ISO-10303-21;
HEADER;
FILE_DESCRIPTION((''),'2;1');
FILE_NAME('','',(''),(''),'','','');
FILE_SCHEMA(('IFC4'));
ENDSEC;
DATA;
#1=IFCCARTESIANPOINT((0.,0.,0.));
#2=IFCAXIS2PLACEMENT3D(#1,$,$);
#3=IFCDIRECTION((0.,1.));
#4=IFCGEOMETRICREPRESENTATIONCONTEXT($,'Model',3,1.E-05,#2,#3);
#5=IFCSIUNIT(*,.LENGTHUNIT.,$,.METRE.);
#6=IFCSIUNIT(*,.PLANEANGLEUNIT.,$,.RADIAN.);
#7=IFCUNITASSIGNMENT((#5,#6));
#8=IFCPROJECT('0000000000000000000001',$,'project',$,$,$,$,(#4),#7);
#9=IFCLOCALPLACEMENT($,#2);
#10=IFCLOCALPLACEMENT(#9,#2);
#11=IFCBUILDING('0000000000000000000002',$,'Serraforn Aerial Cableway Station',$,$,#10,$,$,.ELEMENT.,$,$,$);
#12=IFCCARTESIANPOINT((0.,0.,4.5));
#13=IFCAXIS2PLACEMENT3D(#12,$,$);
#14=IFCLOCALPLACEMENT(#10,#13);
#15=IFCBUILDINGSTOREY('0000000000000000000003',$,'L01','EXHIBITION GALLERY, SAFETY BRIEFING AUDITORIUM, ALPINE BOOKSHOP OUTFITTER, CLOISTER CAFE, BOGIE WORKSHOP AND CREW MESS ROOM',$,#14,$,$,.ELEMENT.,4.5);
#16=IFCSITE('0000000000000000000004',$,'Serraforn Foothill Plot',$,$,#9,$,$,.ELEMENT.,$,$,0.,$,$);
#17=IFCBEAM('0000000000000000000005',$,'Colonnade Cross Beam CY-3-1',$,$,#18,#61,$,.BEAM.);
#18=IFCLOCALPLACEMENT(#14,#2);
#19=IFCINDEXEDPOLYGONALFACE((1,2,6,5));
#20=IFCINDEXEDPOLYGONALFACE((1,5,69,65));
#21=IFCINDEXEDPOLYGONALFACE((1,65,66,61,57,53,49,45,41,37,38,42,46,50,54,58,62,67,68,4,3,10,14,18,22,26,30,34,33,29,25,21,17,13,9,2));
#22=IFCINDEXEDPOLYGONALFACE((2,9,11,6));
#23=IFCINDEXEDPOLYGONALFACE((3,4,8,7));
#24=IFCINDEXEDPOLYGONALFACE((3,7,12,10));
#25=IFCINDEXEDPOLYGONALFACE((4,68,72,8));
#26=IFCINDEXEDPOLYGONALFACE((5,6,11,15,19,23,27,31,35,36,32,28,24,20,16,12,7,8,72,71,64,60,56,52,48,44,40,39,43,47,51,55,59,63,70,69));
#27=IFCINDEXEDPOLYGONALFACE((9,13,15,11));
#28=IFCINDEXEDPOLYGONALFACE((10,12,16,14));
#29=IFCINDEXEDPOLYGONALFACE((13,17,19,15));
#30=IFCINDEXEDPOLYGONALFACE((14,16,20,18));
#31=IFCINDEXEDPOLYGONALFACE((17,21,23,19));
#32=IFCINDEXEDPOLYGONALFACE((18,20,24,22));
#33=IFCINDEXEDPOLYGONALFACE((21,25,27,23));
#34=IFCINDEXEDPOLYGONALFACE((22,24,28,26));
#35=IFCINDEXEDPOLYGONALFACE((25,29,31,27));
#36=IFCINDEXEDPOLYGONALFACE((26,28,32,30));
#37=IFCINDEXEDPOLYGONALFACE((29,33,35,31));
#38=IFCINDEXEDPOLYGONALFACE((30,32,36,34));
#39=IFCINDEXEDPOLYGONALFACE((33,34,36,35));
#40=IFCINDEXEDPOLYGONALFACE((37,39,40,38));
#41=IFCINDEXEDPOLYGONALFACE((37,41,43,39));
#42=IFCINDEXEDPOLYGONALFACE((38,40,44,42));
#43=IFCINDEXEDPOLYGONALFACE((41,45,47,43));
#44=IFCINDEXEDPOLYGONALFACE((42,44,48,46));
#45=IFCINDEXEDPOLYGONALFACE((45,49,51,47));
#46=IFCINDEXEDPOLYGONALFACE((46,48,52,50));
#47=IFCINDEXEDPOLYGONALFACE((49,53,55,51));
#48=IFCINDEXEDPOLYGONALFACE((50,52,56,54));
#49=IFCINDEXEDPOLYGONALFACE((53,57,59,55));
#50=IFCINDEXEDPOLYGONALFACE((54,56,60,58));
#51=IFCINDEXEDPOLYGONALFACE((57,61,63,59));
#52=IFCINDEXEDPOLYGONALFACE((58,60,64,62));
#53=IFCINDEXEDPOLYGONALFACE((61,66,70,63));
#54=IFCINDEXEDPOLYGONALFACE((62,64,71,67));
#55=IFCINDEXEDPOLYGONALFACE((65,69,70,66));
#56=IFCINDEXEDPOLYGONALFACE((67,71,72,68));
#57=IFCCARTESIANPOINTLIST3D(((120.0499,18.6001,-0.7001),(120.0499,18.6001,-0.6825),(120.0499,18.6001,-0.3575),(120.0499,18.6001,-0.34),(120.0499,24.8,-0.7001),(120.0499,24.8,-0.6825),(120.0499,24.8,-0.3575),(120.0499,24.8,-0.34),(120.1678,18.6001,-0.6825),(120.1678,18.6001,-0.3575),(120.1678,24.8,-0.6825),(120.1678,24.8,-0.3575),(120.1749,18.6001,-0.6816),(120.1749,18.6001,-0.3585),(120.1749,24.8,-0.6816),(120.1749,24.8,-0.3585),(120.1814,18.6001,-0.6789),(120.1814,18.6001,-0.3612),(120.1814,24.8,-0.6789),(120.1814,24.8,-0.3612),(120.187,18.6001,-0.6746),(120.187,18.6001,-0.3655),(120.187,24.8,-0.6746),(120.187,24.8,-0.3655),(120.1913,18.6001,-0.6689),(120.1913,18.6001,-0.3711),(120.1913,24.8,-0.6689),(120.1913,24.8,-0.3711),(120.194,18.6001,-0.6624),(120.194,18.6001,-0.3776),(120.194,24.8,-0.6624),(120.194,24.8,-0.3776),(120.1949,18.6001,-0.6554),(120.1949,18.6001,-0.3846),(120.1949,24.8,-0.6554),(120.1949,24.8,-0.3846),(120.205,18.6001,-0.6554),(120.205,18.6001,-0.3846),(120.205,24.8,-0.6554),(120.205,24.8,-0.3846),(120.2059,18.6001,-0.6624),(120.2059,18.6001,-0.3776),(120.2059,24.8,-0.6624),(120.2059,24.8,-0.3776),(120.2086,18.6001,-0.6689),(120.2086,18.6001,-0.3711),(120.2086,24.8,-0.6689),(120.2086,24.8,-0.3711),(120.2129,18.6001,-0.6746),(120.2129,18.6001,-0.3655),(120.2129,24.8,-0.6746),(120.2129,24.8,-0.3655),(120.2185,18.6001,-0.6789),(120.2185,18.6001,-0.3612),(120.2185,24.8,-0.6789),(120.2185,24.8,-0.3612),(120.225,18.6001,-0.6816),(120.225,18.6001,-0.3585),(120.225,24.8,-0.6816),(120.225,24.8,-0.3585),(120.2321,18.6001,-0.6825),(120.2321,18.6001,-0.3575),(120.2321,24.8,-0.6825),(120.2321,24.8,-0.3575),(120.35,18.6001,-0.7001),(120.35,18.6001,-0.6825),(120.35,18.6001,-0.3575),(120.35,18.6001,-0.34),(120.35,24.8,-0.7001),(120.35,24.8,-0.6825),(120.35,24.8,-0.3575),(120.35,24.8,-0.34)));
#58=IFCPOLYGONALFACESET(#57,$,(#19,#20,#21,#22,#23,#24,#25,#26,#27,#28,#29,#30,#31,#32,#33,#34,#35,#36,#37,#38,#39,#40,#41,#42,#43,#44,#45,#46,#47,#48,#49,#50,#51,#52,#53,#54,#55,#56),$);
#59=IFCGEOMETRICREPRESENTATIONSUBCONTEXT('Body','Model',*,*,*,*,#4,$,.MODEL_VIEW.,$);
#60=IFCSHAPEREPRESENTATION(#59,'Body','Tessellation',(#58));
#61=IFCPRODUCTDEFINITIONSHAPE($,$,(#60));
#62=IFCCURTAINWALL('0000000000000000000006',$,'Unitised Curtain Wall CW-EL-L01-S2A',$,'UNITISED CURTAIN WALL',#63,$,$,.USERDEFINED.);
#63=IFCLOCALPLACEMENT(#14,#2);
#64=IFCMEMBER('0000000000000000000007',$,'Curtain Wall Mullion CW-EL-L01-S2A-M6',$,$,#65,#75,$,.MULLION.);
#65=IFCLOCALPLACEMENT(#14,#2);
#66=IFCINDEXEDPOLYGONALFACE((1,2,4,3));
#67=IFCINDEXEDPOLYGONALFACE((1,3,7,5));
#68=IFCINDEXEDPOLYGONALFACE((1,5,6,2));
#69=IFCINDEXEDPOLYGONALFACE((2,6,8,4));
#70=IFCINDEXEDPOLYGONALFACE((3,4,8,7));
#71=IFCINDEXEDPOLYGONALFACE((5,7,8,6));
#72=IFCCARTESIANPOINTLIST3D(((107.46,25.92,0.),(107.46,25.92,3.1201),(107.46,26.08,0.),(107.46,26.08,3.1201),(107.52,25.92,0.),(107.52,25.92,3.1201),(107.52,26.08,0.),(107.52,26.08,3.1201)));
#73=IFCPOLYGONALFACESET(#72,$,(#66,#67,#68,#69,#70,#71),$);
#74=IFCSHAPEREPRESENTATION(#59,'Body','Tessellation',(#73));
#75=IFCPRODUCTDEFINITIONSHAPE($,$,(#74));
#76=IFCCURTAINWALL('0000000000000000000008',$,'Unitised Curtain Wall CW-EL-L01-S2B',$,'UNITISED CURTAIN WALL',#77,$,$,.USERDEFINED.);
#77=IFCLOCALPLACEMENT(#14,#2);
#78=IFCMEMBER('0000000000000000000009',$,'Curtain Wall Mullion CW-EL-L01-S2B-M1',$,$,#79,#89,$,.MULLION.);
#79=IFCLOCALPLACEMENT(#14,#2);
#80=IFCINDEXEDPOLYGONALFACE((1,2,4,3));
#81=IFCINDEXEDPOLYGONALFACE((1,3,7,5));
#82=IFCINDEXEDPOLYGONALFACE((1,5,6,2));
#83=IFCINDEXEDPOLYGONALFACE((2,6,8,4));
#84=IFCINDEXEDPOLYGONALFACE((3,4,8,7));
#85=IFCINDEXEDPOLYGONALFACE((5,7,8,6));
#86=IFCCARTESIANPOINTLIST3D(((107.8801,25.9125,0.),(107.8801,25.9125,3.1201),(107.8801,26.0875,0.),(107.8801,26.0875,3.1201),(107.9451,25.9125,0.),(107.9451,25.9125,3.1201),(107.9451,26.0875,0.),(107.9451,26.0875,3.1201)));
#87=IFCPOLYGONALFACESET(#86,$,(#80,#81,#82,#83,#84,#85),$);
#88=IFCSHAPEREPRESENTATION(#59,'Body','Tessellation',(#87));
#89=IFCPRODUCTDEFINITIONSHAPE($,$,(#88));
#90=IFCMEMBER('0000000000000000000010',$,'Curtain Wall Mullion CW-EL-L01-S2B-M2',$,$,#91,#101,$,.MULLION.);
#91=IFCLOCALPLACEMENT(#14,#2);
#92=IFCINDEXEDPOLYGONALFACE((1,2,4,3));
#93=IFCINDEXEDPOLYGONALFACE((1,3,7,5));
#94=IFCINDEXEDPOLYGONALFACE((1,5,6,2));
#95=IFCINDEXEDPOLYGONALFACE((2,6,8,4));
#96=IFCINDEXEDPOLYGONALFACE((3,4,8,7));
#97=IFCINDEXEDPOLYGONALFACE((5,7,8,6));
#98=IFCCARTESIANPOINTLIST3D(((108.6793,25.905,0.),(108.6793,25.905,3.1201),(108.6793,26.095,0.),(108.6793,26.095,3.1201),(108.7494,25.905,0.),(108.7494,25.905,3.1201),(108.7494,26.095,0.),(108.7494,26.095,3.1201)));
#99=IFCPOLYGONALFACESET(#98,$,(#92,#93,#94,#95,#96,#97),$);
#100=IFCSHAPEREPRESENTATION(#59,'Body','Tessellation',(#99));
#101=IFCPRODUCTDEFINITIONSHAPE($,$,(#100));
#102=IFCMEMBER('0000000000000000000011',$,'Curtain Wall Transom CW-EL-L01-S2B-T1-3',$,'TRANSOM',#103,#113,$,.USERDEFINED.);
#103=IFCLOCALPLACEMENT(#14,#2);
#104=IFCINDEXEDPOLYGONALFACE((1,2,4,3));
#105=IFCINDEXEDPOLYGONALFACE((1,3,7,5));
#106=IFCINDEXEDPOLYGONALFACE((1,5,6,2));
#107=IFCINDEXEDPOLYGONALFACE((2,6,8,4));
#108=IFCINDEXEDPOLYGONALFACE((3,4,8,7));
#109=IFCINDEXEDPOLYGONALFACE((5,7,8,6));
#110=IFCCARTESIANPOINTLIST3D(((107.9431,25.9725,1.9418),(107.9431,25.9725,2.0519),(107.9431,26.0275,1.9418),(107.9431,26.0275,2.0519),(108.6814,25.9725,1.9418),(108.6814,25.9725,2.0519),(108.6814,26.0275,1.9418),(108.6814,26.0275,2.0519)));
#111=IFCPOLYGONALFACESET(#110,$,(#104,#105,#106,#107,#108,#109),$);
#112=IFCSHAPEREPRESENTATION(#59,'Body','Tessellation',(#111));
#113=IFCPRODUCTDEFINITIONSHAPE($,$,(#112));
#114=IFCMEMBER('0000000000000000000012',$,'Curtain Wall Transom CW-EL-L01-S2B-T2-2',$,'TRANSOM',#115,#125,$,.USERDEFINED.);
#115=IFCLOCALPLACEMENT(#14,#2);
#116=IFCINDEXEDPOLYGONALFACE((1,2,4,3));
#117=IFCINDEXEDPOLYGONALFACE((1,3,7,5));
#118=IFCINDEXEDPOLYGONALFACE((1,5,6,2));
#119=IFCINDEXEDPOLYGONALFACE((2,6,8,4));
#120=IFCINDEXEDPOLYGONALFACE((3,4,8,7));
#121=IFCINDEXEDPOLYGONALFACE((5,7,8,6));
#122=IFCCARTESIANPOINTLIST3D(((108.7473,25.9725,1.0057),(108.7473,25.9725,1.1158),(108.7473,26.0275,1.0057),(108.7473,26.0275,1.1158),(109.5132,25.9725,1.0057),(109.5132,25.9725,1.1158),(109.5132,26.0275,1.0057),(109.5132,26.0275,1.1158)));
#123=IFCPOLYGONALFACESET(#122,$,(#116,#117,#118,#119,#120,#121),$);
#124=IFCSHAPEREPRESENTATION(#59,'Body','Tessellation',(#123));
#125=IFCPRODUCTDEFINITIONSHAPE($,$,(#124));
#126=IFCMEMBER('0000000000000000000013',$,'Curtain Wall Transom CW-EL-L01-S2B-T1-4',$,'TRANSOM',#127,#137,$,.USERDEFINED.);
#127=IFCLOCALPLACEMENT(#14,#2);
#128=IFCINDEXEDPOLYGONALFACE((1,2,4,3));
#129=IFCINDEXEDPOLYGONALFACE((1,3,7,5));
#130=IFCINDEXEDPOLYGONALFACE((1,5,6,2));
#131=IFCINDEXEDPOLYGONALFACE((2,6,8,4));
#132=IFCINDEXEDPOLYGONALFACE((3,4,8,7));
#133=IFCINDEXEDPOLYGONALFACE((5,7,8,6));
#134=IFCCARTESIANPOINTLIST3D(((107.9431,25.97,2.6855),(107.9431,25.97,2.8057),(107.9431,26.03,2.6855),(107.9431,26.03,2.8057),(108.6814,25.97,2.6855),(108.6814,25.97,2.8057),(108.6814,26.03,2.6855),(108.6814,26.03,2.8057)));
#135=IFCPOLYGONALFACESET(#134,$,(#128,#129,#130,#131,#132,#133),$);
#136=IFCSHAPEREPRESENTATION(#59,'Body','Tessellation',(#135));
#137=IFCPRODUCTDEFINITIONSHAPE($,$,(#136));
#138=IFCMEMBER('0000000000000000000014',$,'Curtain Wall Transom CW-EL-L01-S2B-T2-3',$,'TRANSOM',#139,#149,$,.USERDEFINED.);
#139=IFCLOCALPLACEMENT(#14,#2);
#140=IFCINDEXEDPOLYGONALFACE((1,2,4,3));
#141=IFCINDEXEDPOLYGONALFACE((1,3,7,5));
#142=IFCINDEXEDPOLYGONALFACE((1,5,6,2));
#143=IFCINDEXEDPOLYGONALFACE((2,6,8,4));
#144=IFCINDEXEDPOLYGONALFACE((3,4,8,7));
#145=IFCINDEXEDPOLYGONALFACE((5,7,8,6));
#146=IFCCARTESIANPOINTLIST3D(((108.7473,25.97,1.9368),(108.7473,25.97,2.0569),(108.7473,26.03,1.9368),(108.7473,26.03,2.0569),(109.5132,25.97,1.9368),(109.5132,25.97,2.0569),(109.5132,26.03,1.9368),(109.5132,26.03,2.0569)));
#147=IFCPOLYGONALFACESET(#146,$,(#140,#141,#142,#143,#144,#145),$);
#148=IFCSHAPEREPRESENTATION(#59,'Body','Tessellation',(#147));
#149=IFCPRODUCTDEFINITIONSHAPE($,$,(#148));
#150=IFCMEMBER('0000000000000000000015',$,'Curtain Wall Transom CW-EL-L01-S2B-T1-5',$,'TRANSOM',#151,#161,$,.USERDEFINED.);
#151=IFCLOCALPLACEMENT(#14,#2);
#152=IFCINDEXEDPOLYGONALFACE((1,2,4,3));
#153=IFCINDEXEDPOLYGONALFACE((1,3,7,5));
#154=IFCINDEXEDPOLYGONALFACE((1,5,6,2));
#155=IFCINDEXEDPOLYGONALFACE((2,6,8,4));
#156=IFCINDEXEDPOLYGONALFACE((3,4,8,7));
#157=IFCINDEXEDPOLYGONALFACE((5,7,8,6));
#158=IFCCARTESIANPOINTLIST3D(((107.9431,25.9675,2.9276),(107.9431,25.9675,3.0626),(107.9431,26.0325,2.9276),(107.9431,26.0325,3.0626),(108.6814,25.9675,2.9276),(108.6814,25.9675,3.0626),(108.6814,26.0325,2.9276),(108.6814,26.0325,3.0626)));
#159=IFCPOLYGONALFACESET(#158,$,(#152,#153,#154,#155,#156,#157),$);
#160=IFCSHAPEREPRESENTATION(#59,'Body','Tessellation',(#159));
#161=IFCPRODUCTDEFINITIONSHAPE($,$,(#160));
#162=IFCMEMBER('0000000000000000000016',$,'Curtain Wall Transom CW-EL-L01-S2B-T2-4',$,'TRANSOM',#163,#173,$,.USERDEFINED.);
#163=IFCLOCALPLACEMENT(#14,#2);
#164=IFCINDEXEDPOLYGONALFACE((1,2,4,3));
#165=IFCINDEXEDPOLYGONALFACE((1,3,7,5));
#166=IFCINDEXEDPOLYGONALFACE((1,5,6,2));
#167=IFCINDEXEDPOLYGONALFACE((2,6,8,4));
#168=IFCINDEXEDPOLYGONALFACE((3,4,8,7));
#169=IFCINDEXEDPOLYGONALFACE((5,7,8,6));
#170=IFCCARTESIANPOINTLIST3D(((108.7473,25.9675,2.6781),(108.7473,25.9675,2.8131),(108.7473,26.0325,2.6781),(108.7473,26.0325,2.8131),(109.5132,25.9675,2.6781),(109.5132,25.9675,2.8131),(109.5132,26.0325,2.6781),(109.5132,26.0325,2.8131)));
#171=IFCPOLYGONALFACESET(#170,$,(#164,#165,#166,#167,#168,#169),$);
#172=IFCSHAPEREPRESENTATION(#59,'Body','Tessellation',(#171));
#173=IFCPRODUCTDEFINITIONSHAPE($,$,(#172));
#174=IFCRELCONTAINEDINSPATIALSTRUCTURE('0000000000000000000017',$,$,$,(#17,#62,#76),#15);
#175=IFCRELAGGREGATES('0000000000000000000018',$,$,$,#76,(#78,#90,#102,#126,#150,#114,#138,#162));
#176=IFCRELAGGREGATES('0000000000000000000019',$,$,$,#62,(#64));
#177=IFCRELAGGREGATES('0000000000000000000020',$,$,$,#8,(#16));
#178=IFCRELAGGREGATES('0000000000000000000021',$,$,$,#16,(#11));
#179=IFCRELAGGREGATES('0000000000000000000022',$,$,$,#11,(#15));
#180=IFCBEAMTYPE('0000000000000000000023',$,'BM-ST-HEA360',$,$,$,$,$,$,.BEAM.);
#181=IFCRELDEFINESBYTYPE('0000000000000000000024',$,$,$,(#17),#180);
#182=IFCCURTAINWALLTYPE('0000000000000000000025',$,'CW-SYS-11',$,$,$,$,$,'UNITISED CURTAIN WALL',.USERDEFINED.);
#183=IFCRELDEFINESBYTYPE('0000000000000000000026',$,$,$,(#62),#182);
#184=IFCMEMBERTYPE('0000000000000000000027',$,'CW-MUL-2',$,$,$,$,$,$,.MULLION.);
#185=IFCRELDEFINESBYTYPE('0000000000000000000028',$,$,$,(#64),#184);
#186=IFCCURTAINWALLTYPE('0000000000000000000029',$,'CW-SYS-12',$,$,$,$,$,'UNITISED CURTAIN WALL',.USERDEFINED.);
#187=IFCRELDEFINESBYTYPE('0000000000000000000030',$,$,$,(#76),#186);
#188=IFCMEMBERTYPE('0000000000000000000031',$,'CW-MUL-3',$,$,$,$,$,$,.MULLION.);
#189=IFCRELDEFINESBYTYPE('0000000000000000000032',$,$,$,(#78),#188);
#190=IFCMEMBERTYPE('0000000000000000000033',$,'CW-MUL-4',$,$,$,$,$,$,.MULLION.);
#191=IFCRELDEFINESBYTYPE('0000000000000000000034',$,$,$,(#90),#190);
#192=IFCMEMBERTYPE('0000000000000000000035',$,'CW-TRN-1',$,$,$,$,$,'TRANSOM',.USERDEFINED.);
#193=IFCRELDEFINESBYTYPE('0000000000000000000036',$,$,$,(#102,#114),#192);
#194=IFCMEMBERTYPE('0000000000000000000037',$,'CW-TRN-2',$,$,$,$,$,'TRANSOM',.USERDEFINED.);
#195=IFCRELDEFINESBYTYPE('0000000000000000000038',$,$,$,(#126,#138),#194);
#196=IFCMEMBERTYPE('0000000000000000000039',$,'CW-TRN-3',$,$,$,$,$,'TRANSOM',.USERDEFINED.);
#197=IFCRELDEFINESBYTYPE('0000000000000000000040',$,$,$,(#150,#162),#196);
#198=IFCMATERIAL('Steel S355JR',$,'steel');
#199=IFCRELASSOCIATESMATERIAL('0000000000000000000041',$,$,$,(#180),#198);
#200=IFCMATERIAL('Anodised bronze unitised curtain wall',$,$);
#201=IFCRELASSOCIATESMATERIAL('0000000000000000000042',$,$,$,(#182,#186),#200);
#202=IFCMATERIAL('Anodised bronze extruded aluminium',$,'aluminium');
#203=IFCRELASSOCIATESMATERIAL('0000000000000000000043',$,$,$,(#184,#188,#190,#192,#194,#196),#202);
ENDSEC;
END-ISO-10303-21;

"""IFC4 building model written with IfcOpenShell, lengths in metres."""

from ifc_helpers import new_model, si_unit, direction, frame, origin, origin_2d, place, context, subcontext, project, spatial, rectangle, i_section, extrude, material, material_profile, profile_set, type_object, element, aggregate, save


model = new_model("IFC4")

# Units and contexts
model_context = context("Model", 3, precision=1e-05, world=origin(), true_north=direction((0.0, 1.0)))
body_context = subcontext(model_context, "Body", "Model", "MODEL_VIEW")
ifc_project = project(units=[si_unit("LENGTHUNIT", "METRE"), si_unit("PLANEANGLEUNIT", "RADIAN")], contexts=[model_context])

# Site, building, storey
site_placement = place(None, origin())
site = spatial("IfcSite", under=ifc_project, at=site_placement, Name="Serraforn Foothill Plot", CompositionType="ELEMENT", RefElevation=0.0)
building_placement = place(site_placement, origin())
building = spatial("IfcBuilding", under=site, at=building_placement, Name="Serraforn Aerial Cableway Station", CompositionType="ELEMENT")
storey_placement = place(building_placement, frame((0.0, 0.0, 4.5)))
storey = spatial("IfcBuildingStorey", under=building, at=storey_placement, Name="L01", Description="EXHIBITION GALLERY, SAFETY BRIEFING AUDITORIUM, ALPINE BOOKSHOP OUTFITTER, CLOISTER CAFE, BOGIE WORKSHOP AND CREW MESS ROOM", CompositionType="ELEMENT", Elevation=4.5)

# Beam
ifc_material_1 = material(Name="Steel S355JR", Category="steel")
ifc_material_profile_1 = material_profile(ifc_material_1, i_section(OverallWidth=0.3, OverallDepth=0.3601, WebThickness=0.01, FlangeThickness=0.0176, FilletRadius=0.0271, at=origin_2d()), Name="HEA 360")
ifc_profile_set_1 = profile_set([ifc_material_profile_1], Name="Steel S355JR")
beam_type = type_object("IfcBeamType", Name="BM-ST-HEA360", PredefinedType="BEAM", material=ifc_profile_set_1)
for number, where, z_axis, x_axis, name in (
    (1, (120.2, 18.6001, -0.52), (0.0, 1.0, 0.0), (-1.0, 0.0, 0.0), "Colonnade Cross Beam CY-3-1"),
):
    element("IfcBeam", number, at=place(storey_placement, frame(where, z_axis=z_axis, x_axis=x_axis)), inside=storey, type_object=beam_type, Name=name, PredefinedType="BEAM", context=body_context, shape_type="SweptSolid", body=[
        extrude(i_section(OverallWidth=0.3, OverallDepth=0.3601, WebThickness=0.01, FlangeThickness=0.0176, FilletRadius=0.0271, at=origin_2d()), origin(), (0.0, 0.0, 1.0), 6.2),
    ])

# Curtain wall, member
ifc_material_2 = material(Name="Anodised bronze unitised curtain wall")
curtain_wall_type_1 = type_object("IfcCurtainWallType", Name="CW-SYS-11", ElementType="UNITISED CURTAIN WALL", PredefinedType="USERDEFINED", material=ifc_material_2)
curtain_wall_1_placement = place(storey_placement, origin())
curtain_wall_1 = element("IfcCurtainWall", 2, at=curtain_wall_1_placement, inside=storey, type_object=curtain_wall_type_1, Name="Unitised Curtain Wall CW-EL-L01-S2A", ObjectType="UNITISED CURTAIN WALL", PredefinedType="USERDEFINED")
ifc_material_3 = material(Name="Anodised bronze extruded aluminium", Category="aluminium")
ifc_material_profile_2 = material_profile(ifc_material_3, rectangle(XDim=0.0601, YDim=0.1599, at=origin_2d()), Name="CW MULLION 60x160")
ifc_profile_set_2 = profile_set([ifc_material_profile_2], Name="Anodised bronze extruded aluminium")
member_type_1 = type_object("IfcMemberType", Name="CW-MUL-2", PredefinedType="MULLION", material=ifc_profile_set_2)
member_1_placement = place(storey_placement, frame((107.49, 26.0, 0.0), z_axis=(0.0, 0.0, 1.0), x_axis=(1.0, 0.0, 0.0)))
member_1 = element("IfcMember", 3, at=member_1_placement, type_object=member_type_1, Name="Curtain Wall Mullion CW-EL-L01-S2A-M6", PredefinedType="MULLION", context=body_context, shape_type="SweptSolid", body=[
    extrude(rectangle(XDim=0.0601, YDim=0.1599, at=origin_2d()), origin(), (0.0, 0.0, 1.0), 3.1201),
])

# Curtain wall, members
curtain_wall_type_2 = type_object("IfcCurtainWallType", Name="CW-SYS-12", ElementType="UNITISED CURTAIN WALL", PredefinedType="USERDEFINED", material=ifc_material_2)
curtain_wall_2_placement = place(storey_placement, origin())
curtain_wall_2 = element("IfcCurtainWall", 4, at=curtain_wall_2_placement, inside=storey, type_object=curtain_wall_type_2, Name="Unitised Curtain Wall CW-EL-L01-S2B", ObjectType="UNITISED CURTAIN WALL", PredefinedType="USERDEFINED")
ifc_material_profile_3 = material_profile(ifc_material_3, rectangle(XDim=0.0649, YDim=0.175, at=origin_2d()), Name="CW MULLION 65x175")
ifc_profile_set_3 = profile_set([ifc_material_profile_3], Name="Anodised bronze extruded aluminium")
member_type_2 = type_object("IfcMemberType", Name="CW-MUL-3", PredefinedType="MULLION", material=ifc_profile_set_3)
member_2_placement = place(storey_placement, frame((107.9126, 26.0, 0.0), z_axis=(0.0, 0.0, 1.0), x_axis=(1.0, 0.0, 0.0)))
member_2 = element("IfcMember", 5, at=member_2_placement, type_object=member_type_2, Name="Curtain Wall Mullion CW-EL-L01-S2B-M1", PredefinedType="MULLION", context=body_context, shape_type="SweptSolid", body=[
    extrude(rectangle(XDim=0.0649, YDim=0.175, at=origin_2d()), origin(), (0.0, 0.0, 1.0), 3.1201),
])
ifc_material_profile_4 = material_profile(ifc_material_3, rectangle(XDim=0.0701, YDim=0.1899, at=origin_2d()), Name="CW MULLION 70x190")
ifc_profile_set_4 = profile_set([ifc_material_profile_4], Name="Anodised bronze extruded aluminium")
member_type_3 = type_object("IfcMemberType", Name="CW-MUL-4", PredefinedType="MULLION", material=ifc_profile_set_4)
member_3_placement = place(storey_placement, frame((108.7144, 26.0, 0.0), z_axis=(0.0, 0.0, 1.0), x_axis=(1.0, 0.0, 0.0)))
member_3 = element("IfcMember", 6, at=member_3_placement, type_object=member_type_3, Name="Curtain Wall Mullion CW-EL-L01-S2B-M2", PredefinedType="MULLION", context=body_context, shape_type="SweptSolid", body=[
    extrude(rectangle(XDim=0.0701, YDim=0.1899, at=origin_2d()), origin(), (0.0, 0.0, 1.0), 3.1201),
])
ifc_material_profile_5 = material_profile(ifc_material_3, rectangle(XDim=0.0549, YDim=0.1101, at=origin_2d()), Name="CW TRANSOM 55x110")
ifc_profile_set_5 = profile_set([ifc_material_profile_5], Name="Anodised bronze extruded aluminium")
member_type_4 = type_object("IfcMemberType", Name="CW-TRN-1", ElementType="TRANSOM", PredefinedType="USERDEFINED", material=ifc_profile_set_5)
member_4_placement = place(storey_placement, frame((107.9431, 26.0, 1.9968), z_axis=(1.0, 0.0, 0.0), x_axis=(0.0, 1.0, 0.0)))
member_4 = element("IfcMember", 7, at=member_4_placement, type_object=member_type_4, Name="Curtain Wall Transom CW-EL-L01-S2B-T1-3", ObjectType="TRANSOM", PredefinedType="USERDEFINED", context=body_context, shape_type="SweptSolid", body=[
    extrude(rectangle(XDim=0.0549, YDim=0.1101, at=origin_2d()), origin(), (0.0, 0.0, 1.0), 0.7383),
])
member_5_placement = place(storey_placement, frame((108.7473, 26.0, 1.0608), z_axis=(1.0, 0.0, 0.0), x_axis=(0.0, 1.0, 0.0)))
member_5 = element("IfcMember", 8, at=member_5_placement, type_object=member_type_4, Name="Curtain Wall Transom CW-EL-L01-S2B-T2-2", ObjectType="TRANSOM", PredefinedType="USERDEFINED", context=body_context, shape_type="SweptSolid", body=[
    extrude(rectangle(XDim=0.0549, YDim=0.1101, at=origin_2d()), origin(), (0.0, 0.0, 1.0), 0.7659),
])
ifc_material_profile_6 = material_profile(ifc_material_3, rectangle(XDim=0.0601, YDim=0.1201, at=origin_2d()), Name="CW TRANSOM 60x120")
ifc_profile_set_6 = profile_set([ifc_material_profile_6], Name="Anodised bronze extruded aluminium")
member_type_5 = type_object("IfcMemberType", Name="CW-TRN-2", ElementType="TRANSOM", PredefinedType="USERDEFINED", material=ifc_profile_set_6)
member_6_placement = place(storey_placement, frame((107.9431, 26.0, 2.7456), z_axis=(1.0, 0.0, 0.0), x_axis=(0.0, 1.0, 0.0)))
member_6 = element("IfcMember", 9, at=member_6_placement, type_object=member_type_5, Name="Curtain Wall Transom CW-EL-L01-S2B-T1-4", ObjectType="TRANSOM", PredefinedType="USERDEFINED", context=body_context, shape_type="SweptSolid", body=[
    extrude(rectangle(XDim=0.0601, YDim=0.1201, at=origin_2d()), origin(), (0.0, 0.0, 1.0), 0.7383),
])
member_7_placement = place(storey_placement, frame((108.7473, 26.0, 1.9968), z_axis=(1.0, 0.0, 0.0), x_axis=(0.0, 1.0, 0.0)))
member_7 = element("IfcMember", 10, at=member_7_placement, type_object=member_type_5, Name="Curtain Wall Transom CW-EL-L01-S2B-T2-3", ObjectType="TRANSOM", PredefinedType="USERDEFINED", context=body_context, shape_type="SweptSolid", body=[
    extrude(rectangle(XDim=0.0601, YDim=0.1201, at=origin_2d()), origin(), (0.0, 0.0, 1.0), 0.7659),
])
ifc_material_profile_7 = material_profile(ifc_material_3, rectangle(XDim=0.0649, YDim=0.135, at=origin_2d()), Name="CW TRANSOM 65x135")
ifc_profile_set_7 = profile_set([ifc_material_profile_7], Name="Anodised bronze extruded aluminium")
member_type_6 = type_object("IfcMemberType", Name="CW-TRN-3", ElementType="TRANSOM", PredefinedType="USERDEFINED", material=ifc_profile_set_7)
member_8_placement = place(storey_placement, frame((107.9431, 26.0, 2.9951), z_axis=(1.0, 0.0, 0.0), x_axis=(0.0, 1.0, 0.0)))
member_8 = element("IfcMember", 11, at=member_8_placement, type_object=member_type_6, Name="Curtain Wall Transom CW-EL-L01-S2B-T1-5", ObjectType="TRANSOM", PredefinedType="USERDEFINED", context=body_context, shape_type="SweptSolid", body=[
    extrude(rectangle(XDim=0.0649, YDim=0.135, at=origin_2d()), origin(), (0.0, 0.0, 1.0), 0.7383),
])
member_9_placement = place(storey_placement, frame((108.7473, 26.0, 2.7456), z_axis=(1.0, 0.0, 0.0), x_axis=(0.0, 1.0, 0.0)))
member_9 = element("IfcMember", 12, at=member_9_placement, type_object=member_type_6, Name="Curtain Wall Transom CW-EL-L01-S2B-T2-4", ObjectType="TRANSOM", PredefinedType="USERDEFINED", context=body_context, shape_type="SweptSolid", body=[
    extrude(rectangle(XDim=0.0649, YDim=0.135, at=origin_2d()), origin(), (0.0, 0.0, 1.0), 0.7659),
])

aggregate(curtain_wall_2, [member_2, member_3, member_4, member_6, member_8, member_5, member_7, member_9])
aggregate(curtain_wall_1, [member_1])

save(model, "model.ifc")
